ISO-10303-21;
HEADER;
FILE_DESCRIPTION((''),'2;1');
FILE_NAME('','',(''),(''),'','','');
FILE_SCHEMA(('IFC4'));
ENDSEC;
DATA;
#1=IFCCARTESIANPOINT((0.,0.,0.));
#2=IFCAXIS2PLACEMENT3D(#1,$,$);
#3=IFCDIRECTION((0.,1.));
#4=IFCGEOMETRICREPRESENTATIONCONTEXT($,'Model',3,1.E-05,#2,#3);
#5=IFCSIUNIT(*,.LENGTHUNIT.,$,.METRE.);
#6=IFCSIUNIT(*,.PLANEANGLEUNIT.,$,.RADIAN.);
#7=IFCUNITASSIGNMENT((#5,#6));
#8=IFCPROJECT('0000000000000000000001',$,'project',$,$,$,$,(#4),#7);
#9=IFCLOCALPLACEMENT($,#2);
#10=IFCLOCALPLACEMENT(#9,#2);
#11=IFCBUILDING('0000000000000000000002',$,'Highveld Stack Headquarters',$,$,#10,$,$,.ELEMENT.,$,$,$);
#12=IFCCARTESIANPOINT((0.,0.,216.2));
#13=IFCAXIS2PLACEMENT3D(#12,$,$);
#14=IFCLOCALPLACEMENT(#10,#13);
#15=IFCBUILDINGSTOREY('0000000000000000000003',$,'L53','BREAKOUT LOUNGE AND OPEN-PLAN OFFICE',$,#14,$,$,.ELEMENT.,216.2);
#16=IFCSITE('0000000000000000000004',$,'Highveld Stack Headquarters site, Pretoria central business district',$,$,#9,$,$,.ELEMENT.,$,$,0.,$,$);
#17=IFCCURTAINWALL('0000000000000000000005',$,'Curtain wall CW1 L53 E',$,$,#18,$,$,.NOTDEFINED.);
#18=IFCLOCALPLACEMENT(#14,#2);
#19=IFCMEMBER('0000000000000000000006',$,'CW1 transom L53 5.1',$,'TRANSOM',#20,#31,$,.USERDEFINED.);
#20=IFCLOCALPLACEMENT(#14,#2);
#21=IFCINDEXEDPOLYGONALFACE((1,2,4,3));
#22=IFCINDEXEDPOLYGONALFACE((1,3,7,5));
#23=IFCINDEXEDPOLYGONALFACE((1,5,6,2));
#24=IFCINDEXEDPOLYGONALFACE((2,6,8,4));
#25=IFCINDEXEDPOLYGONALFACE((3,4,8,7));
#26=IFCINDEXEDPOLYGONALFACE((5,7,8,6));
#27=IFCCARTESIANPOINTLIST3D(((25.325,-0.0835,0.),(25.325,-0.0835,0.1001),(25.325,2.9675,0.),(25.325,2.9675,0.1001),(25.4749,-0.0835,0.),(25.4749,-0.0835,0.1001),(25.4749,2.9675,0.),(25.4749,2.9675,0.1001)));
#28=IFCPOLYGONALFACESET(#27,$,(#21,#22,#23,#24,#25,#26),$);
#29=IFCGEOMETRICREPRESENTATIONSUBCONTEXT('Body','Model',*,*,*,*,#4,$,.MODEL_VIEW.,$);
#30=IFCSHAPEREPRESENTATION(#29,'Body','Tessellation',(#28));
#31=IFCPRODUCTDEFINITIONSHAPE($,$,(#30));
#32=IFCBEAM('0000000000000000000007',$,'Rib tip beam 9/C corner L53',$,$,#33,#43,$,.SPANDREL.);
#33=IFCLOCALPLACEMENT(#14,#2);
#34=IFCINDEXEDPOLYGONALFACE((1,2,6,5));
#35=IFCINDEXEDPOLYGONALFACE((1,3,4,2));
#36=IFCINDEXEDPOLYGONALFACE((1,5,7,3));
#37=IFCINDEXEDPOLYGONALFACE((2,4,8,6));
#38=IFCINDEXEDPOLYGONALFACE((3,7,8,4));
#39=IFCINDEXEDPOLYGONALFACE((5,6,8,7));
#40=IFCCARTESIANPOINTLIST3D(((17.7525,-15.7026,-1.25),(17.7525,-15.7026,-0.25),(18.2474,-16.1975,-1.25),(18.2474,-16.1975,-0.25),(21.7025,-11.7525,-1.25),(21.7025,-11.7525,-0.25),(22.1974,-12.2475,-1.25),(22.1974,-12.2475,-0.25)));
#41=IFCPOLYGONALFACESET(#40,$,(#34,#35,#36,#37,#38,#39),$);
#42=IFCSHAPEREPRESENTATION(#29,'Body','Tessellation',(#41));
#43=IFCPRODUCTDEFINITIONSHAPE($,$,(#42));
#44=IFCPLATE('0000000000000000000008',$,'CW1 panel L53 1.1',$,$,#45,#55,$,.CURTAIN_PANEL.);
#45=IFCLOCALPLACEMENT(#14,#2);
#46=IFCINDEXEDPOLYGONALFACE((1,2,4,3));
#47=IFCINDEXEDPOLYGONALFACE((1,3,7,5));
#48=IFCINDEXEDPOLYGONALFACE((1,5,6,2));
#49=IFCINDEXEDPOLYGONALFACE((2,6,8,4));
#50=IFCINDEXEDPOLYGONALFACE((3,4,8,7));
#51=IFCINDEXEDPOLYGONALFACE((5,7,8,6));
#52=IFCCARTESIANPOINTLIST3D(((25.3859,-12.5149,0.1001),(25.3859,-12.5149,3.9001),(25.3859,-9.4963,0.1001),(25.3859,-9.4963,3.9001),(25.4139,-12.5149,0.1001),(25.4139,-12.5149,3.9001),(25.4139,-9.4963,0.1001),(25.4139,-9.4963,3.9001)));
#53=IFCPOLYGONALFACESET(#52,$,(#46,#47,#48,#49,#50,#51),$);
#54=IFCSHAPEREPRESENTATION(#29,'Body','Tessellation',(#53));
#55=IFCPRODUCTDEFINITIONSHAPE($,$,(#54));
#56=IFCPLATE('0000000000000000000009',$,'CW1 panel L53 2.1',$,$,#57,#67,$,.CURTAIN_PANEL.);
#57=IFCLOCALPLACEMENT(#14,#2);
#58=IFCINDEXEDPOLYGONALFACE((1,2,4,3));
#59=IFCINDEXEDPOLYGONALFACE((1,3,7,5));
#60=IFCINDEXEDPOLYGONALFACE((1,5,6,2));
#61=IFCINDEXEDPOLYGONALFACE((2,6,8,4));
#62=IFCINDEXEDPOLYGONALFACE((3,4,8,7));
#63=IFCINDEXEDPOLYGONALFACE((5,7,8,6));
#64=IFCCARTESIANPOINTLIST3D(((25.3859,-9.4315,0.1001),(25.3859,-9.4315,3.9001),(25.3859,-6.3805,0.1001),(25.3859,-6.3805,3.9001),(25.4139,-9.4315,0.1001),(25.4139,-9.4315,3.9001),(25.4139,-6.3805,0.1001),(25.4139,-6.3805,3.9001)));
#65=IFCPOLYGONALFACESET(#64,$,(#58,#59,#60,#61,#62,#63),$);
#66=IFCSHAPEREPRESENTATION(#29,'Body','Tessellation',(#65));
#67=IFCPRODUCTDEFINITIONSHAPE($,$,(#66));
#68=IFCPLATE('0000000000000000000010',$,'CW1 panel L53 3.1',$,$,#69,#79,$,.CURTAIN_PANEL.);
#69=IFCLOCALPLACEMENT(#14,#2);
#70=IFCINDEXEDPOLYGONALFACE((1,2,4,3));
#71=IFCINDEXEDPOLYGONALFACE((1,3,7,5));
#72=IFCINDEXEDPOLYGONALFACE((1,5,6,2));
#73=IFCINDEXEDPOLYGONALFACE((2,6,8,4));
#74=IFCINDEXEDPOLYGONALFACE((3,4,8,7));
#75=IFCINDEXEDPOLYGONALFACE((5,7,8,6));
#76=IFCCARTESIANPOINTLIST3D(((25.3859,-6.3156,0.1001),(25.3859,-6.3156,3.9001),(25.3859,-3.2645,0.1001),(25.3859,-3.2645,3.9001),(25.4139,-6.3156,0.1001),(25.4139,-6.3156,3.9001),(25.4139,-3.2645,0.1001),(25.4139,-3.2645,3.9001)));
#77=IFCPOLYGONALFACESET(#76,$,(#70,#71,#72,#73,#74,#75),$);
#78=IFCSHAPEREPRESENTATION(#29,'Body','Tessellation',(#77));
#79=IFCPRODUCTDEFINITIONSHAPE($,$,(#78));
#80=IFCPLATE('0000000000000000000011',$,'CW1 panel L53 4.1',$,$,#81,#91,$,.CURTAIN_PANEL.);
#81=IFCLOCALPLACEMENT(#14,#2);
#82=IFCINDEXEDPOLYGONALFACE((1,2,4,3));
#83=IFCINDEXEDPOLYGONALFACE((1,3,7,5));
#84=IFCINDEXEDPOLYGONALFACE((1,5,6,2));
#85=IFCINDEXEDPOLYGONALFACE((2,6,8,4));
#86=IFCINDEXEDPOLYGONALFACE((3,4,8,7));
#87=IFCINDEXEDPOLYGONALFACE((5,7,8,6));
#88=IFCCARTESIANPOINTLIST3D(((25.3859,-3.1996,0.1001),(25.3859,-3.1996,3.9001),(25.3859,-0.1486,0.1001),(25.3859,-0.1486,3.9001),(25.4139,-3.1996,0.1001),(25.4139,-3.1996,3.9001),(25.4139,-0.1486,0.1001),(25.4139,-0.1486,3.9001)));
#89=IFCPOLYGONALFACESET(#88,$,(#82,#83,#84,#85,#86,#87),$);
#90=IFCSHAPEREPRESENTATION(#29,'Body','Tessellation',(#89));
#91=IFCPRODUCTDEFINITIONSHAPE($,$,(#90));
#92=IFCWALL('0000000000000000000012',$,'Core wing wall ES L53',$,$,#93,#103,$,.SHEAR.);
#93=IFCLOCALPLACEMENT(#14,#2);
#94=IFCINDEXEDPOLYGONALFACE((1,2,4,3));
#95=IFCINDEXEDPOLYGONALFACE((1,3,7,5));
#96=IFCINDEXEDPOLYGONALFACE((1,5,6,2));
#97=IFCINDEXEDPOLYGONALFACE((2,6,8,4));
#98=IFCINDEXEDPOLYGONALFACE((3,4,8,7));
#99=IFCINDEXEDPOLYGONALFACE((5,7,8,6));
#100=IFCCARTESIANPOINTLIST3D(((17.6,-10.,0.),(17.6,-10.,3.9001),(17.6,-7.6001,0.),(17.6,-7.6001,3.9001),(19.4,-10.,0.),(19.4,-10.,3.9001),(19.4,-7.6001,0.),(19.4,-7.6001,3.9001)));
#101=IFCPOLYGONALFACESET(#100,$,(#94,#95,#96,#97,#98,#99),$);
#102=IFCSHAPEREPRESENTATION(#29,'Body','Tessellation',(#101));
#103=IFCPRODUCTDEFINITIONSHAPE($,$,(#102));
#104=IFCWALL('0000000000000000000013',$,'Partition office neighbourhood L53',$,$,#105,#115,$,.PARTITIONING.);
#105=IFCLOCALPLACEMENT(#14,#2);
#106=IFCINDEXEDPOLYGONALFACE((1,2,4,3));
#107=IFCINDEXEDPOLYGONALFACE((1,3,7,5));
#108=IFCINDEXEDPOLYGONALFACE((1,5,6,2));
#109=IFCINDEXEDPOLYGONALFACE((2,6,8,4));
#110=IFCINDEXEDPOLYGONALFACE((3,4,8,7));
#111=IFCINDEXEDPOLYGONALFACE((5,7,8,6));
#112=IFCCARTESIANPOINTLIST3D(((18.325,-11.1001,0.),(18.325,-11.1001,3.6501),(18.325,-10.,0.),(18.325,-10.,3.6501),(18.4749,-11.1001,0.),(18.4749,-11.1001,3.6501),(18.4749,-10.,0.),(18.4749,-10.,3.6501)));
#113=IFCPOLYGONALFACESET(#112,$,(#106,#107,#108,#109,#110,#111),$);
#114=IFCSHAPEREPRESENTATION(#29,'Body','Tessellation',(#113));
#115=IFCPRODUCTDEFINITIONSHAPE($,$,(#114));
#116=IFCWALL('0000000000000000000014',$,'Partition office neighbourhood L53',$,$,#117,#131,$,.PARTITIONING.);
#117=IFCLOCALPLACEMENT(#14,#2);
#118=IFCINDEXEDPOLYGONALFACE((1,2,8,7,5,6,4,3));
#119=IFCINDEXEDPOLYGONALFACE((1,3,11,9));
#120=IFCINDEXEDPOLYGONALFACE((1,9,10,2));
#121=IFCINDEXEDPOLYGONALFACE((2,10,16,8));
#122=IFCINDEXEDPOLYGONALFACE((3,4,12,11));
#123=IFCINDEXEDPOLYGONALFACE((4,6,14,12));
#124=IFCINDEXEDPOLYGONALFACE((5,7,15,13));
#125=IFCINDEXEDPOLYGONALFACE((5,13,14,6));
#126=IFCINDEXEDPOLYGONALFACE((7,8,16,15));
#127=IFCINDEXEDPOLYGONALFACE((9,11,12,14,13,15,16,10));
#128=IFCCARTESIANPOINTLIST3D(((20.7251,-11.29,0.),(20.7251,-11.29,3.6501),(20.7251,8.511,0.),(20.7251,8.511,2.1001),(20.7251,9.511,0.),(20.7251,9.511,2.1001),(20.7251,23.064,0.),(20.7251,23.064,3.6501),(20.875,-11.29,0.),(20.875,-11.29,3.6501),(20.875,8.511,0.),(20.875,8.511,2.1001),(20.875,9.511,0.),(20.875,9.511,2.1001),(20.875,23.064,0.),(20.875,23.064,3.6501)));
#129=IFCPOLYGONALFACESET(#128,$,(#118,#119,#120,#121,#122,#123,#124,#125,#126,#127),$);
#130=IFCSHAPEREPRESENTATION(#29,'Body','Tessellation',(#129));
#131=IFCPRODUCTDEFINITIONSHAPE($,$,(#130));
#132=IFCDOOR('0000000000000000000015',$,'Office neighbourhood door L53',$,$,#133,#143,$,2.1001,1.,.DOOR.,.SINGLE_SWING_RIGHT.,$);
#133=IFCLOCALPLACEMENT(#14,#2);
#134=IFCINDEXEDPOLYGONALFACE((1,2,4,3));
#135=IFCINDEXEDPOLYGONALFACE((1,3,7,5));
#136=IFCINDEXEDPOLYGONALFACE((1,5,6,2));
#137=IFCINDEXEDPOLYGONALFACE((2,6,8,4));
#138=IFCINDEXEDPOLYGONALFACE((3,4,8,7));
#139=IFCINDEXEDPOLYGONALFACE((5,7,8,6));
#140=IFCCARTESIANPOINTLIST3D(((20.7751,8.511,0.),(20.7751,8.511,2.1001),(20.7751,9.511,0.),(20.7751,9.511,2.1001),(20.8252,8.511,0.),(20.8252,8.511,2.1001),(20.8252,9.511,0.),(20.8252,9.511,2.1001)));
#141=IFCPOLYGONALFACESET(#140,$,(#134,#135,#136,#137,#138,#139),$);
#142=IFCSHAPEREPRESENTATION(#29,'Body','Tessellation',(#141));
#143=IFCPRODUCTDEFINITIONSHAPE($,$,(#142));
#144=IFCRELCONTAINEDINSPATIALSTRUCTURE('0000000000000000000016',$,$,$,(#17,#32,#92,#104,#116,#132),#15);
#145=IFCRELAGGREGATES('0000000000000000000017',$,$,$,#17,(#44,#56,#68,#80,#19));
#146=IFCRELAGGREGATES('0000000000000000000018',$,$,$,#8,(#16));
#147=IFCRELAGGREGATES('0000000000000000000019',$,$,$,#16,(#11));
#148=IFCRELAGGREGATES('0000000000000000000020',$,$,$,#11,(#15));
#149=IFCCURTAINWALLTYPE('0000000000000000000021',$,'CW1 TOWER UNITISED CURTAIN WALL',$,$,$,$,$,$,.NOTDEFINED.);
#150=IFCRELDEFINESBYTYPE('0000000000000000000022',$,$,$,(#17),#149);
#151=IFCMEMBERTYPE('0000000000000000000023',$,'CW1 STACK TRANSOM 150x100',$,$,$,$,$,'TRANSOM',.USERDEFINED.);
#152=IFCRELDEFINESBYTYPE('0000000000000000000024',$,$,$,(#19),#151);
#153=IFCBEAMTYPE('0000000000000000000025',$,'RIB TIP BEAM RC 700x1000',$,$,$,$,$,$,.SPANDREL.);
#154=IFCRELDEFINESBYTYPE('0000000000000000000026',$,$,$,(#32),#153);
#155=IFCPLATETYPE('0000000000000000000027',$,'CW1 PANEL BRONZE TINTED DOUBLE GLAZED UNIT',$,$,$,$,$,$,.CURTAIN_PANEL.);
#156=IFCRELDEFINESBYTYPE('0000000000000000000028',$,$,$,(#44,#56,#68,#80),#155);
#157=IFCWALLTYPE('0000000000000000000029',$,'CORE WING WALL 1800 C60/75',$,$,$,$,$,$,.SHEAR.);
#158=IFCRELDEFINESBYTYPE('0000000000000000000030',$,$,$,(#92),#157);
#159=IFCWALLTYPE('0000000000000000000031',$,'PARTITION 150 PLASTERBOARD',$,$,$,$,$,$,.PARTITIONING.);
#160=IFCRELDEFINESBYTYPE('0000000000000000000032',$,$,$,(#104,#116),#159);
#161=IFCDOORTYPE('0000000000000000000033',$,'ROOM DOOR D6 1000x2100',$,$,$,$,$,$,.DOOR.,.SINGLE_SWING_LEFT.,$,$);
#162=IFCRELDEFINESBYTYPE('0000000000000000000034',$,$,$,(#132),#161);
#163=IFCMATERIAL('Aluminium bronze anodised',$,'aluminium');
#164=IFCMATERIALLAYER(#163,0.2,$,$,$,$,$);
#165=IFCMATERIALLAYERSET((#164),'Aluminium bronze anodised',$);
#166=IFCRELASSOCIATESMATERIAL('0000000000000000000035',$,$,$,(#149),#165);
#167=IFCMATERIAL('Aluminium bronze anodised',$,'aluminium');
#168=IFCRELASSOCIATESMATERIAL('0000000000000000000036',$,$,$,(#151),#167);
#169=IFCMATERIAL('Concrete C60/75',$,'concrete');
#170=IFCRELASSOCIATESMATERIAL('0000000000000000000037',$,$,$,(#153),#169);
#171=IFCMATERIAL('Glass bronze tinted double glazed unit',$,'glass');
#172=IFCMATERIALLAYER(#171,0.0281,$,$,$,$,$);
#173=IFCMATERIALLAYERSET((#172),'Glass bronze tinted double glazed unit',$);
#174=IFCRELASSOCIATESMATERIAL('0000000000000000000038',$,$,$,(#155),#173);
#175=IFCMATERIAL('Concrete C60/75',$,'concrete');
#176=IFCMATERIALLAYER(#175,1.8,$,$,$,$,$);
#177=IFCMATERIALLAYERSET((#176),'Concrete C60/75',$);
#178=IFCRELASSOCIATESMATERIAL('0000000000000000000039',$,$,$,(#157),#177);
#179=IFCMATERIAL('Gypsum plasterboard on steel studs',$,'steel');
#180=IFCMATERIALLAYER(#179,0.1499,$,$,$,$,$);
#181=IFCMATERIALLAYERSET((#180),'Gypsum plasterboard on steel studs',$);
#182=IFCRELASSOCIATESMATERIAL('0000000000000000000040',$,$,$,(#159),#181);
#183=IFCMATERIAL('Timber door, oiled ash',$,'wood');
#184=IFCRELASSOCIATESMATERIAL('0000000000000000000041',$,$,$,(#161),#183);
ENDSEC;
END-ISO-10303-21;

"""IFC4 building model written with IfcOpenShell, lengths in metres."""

from ifc_helpers import new_model, si_unit, direction, frame, frame_2d, origin, origin_2d, place, context, subcontext, project, spatial, rectangle, extrude, material, layer, layer_set, material_profile, profile_set, type_object, element, fill, aggregate, save


model = new_model("IFC4")

# Units and contexts
model_context = context("Model", 3, precision=1e-05, world=origin(), true_north=direction((0.0, 1.0)))
body_context = subcontext(model_context, "Body", "Model", "MODEL_VIEW")
ifc_project = project(units=[si_unit("LENGTHUNIT", "METRE"), si_unit("PLANEANGLEUNIT", "RADIAN")], contexts=[model_context])

# Site, building, storey
site_placement = place(None, origin())
site = spatial("IfcSite", under=ifc_project, at=site_placement, Name="Highveld Stack Headquarters site, Pretoria central business district", CompositionType="ELEMENT", RefElevation=0.0)
building_placement = place(site_placement, origin())
building = spatial("IfcBuilding", under=site, at=building_placement, Name="Highveld Stack Headquarters", CompositionType="ELEMENT")
storey_placement = place(building_placement, frame((0.0, 0.0, 216.2)))
storey = spatial("IfcBuildingStorey", under=building, at=storey_placement, Name="L53", Description="BREAKOUT LOUNGE AND OPEN-PLAN OFFICE", CompositionType="ELEMENT", Elevation=216.2)

# Curtain wall, member
ifc_material_1 = material(Name="Aluminium bronze anodised", Category="aluminium")
ifc_layer_1 = layer(ifc_material_1, 0.2)
ifc_layer_set_1 = layer_set([ifc_layer_1], Name="Aluminium bronze anodised")
curtain_wall_type = type_object("IfcCurtainWallType", Name="CW1 TOWER UNITISED CURTAIN WALL", PredefinedType="NOTDEFINED", material=ifc_layer_set_1)
curtain_wall_placement = place(storey_placement, origin())
curtain_wall = element("IfcCurtainWall", 1, at=curtain_wall_placement, inside=storey, type_object=curtain_wall_type, Name="Curtain wall CW1 L53 E", PredefinedType="NOTDEFINED")
ifc_material_2 = material(Name="Aluminium bronze anodised", Category="aluminium")
ifc_material_profile_1 = material_profile(ifc_material_2, rectangle(XDim=0.1499, YDim=0.1001, at=origin_2d()), Name="CW1 TRANSOM 150x100")
ifc_profile_set_1 = profile_set([ifc_material_profile_1], Name="Aluminium bronze anodised")
member_type_1 = type_object("IfcMemberType", Name="CW1 STACK TRANSOM 150x100", ElementType="TRANSOM", PredefinedType="USERDEFINED", material=ifc_profile_set_1)
member_1_placement = place(storey_placement, frame((25.3999, -0.0835, 0.05), z_axis=(0.0, 1.0, 0.0), x_axis=(-1.0, 0.0, 0.0)))
member_1 = element("IfcMember", 2, at=member_1_placement, type_object=member_type_1, Name="CW1 transom L53 5.1", ObjectType="TRANSOM", PredefinedType="USERDEFINED", context=body_context, shape_type="SweptSolid", body=[
    extrude(rectangle(XDim=0.1499, YDim=0.1001, at=origin_2d()), origin(), (0.0, 0.0, 1.0), 3.051),
])

# Beam
ifc_material_3 = material(Name="Concrete C60/75", Category="concrete")
ifc_material_profile_2 = material_profile(ifc_material_3, rectangle(XDim=0.7, YDim=1.0, at=origin_2d()), Name="RC 700x1000")
ifc_profile_set_2 = profile_set([ifc_material_profile_2], Name="Concrete C60/75")
beam_type_1 = type_object("IfcBeamType", Name="RIB TIP BEAM RC 700x1000", PredefinedType="SPANDREL", material=ifc_profile_set_2)
beam_1_placement = place(storey_placement, frame((21.95, -12.0, -0.75), z_axis=(-0.707107, -0.707107, 0.0), x_axis=(0.707107, -0.707107, 0.0)))
element("IfcBeam", 3, at=beam_1_placement, inside=storey, type_object=beam_type_1, Name="Rib tip beam 9/C corner L53", PredefinedType="SPANDREL", context=body_context, shape_type="SweptSolid", body=[
    extrude(rectangle(XDim=0.7, YDim=1.0, at=origin_2d()), origin(), (0.0, 0.0, 1.0), 5.5862),
])

# Plates
ifc_material_4 = material(Name="Glass bronze tinted double glazed unit", Category="glass")
ifc_layer_2 = layer(ifc_material_4, 0.0281)
ifc_layer_set_2 = layer_set([ifc_layer_2], Name="Glass bronze tinted double glazed unit")
plate_type = type_object("IfcPlateType", Name="CW1 PANEL BRONZE TINTED DOUBLE GLAZED UNIT", PredefinedType="CURTAIN_PANEL", material=ifc_layer_set_2)
plate_1_placement = place(storey_placement, frame((25.3999, -11.0056, 0.1001), z_axis=(0.0, 0.0, 1.0), x_axis=(0.0, 1.0, 0.0)))
plate_1 = element("IfcPlate", 4, at=plate_1_placement, type_object=plate_type, Name="CW1 panel L53 1.1", PredefinedType="CURTAIN_PANEL", context=body_context, shape_type="SweptSolid", body=[
    extrude(rectangle(XDim=3.0186, YDim=0.0281, at=origin_2d()), origin(), (0.0, 0.0, 1.0), 3.8),
])
plate_2_placement = place(storey_placement, frame((25.3999, -7.906, 0.1001), z_axis=(0.0, 0.0, 1.0), x_axis=(0.0, 1.0, 0.0)))
plate_2 = element("IfcPlate", 5, at=plate_2_placement, type_object=plate_type, Name="CW1 panel L53 2.1", PredefinedType="CURTAIN_PANEL", context=body_context, shape_type="SweptSolid", body=[
    extrude(rectangle(XDim=3.051, YDim=0.0281, at=origin_2d()), origin(), (0.0, 0.0, 1.0), 3.8),
])
plate_3_placement = place(storey_placement, frame((25.3999, -4.79, 0.1001), z_axis=(0.0, 0.0, 1.0), x_axis=(0.0, 1.0, 0.0)))
plate_3 = element("IfcPlate", 6, at=plate_3_placement, type_object=plate_type, Name="CW1 panel L53 3.1", PredefinedType="CURTAIN_PANEL", context=body_context, shape_type="SweptSolid", body=[
    extrude(rectangle(XDim=3.051, YDim=0.0281, at=origin_2d()), origin(), (0.0, 0.0, 1.0), 3.8),
])
plate_4_placement = place(storey_placement, frame((25.3999, -1.6741, 0.1001), z_axis=(0.0, 0.0, 1.0), x_axis=(0.0, 1.0, 0.0)))
plate_4 = element("IfcPlate", 7, at=plate_4_placement, type_object=plate_type, Name="CW1 panel L53 4.1", PredefinedType="CURTAIN_PANEL", context=body_context, shape_type="SweptSolid", body=[
    extrude(rectangle(XDim=3.051, YDim=0.0281, at=origin_2d()), origin(), (0.0, 0.0, 1.0), 3.8),
])
aggregate(curtain_wall, [plate_1, plate_2, plate_3, plate_4, member_1])

# Walls
ifc_material_5 = material(Name="Concrete C60/75", Category="concrete")
ifc_layer_3 = layer(ifc_material_5, 1.8)
ifc_layer_set_3 = layer_set([ifc_layer_3], Name="Concrete C60/75")
wall_type_1 = type_object("IfcWallType", Name="CORE WING WALL 1800 C60/75", PredefinedType="SHEAR", material=ifc_layer_set_3)
wall_1_placement = place(storey_placement, frame((18.5, -10.0, 0.0), z_axis=(0.0, 0.0, 1.0), x_axis=(0.0, 1.0, 0.0)))
element("IfcWall", 8, at=wall_1_placement, inside=storey, type_object=wall_type_1, Name="Core wing wall ES L53", PredefinedType="SHEAR", context=body_context, shape_type="SweptSolid", body=[
    extrude(rectangle(XDim=2.3999, YDim=1.8, at=frame_2d((1.2, 0.0))), origin(), (0.0, 0.0, 1.0), 3.9001),
])
ifc_material_6 = material(Name="Gypsum plasterboard on steel studs", Category="steel")
ifc_layer_4 = layer(ifc_material_6, 0.1499)
ifc_layer_set_4 = layer_set([ifc_layer_4], Name="Gypsum plasterboard on steel studs")
wall_type_2 = type_object("IfcWallType", Name="PARTITION 150 PLASTERBOARD", PredefinedType="PARTITIONING", material=ifc_layer_set_4)
wall_2_placement = place(storey_placement, frame((18.3999, -11.1001, 0.0), z_axis=(0.0, 0.0, 1.0), x_axis=(0.0, 1.0, 0.0)))
element("IfcWall", 9, at=wall_2_placement, inside=storey, type_object=wall_type_2, Name="Partition office neighbourhood L53", PredefinedType="PARTITIONING", context=body_context, shape_type="SweptSolid", body=[
    extrude(rectangle(XDim=1.1001, YDim=0.1499, at=frame_2d((0.55, 0.0))), origin(), (0.0, 0.0, 1.0), 3.6501),
])

# Wall, opening, door
wall_3_placement = place(storey_placement, frame((20.8, -11.29, 0.0), z_axis=(0.0, 0.0, 1.0), x_axis=(0.0, 1.0, 0.0)))
wall_3 = element("IfcWall", 10, at=wall_3_placement, inside=storey, type_object=wall_type_2, Name="Partition office neighbourhood L53", PredefinedType="PARTITIONING", context=body_context, shape_type="SweptSolid", body=[
    extrude(rectangle(XDim=34.354, YDim=0.1499, at=frame_2d((17.177, 0.0))), origin(), (0.0, 0.0, 1.0), 3.6501),
])
opening_1_placement = place(wall_3_placement, frame((19.801, 0.0, 0.0)))
opening_1 = element("IfcOpeningElement", 11, at=opening_1_placement, cuts=wall_3, PredefinedType="OPENING", context=body_context, shape_type="SweptSolid", body=[
    extrude(rectangle(XDim=1.0, YDim=2.1001, at=frame_2d((0.5, 1.05))), frame((0.0, 0.085, 0.0), z_axis=(0.0, -1.0, 0.0), x_axis=(1.0, 0.0, 0.0)), (0.0, 0.0, 1.0), 0.1699),
])
ifc_material_7 = material(Name="Timber door, oiled ash", Category="wood")
door_type_1 = type_object("IfcDoorType", Name="ROOM DOOR D6 1000x2100", OperationType="SINGLE_SWING_LEFT", PredefinedType="DOOR", material=ifc_material_7)
door_1_placement = place(opening_1_placement, origin())
door_1 = element("IfcDoor", 12, at=door_1_placement, inside=storey, type_object=door_type_1, Name="Office neighbourhood door L53", OperationType="SINGLE_SWING_RIGHT", OverallHeight=2.1001, OverallWidth=1.0, PredefinedType="DOOR", context=body_context, shape_type="SweptSolid", body=[
    extrude(rectangle(XDim=1.0, YDim=2.1001, at=frame_2d((0.5, 1.05))), frame((0.0, 0.0249, 0.0), z_axis=(0.0, -1.0, 0.0), x_axis=(1.0, 0.0, 0.0)), (0.0, 0.0, 1.0), 0.05),
])
fill(opening_1, door_1)

save(model, "model.ifc")
